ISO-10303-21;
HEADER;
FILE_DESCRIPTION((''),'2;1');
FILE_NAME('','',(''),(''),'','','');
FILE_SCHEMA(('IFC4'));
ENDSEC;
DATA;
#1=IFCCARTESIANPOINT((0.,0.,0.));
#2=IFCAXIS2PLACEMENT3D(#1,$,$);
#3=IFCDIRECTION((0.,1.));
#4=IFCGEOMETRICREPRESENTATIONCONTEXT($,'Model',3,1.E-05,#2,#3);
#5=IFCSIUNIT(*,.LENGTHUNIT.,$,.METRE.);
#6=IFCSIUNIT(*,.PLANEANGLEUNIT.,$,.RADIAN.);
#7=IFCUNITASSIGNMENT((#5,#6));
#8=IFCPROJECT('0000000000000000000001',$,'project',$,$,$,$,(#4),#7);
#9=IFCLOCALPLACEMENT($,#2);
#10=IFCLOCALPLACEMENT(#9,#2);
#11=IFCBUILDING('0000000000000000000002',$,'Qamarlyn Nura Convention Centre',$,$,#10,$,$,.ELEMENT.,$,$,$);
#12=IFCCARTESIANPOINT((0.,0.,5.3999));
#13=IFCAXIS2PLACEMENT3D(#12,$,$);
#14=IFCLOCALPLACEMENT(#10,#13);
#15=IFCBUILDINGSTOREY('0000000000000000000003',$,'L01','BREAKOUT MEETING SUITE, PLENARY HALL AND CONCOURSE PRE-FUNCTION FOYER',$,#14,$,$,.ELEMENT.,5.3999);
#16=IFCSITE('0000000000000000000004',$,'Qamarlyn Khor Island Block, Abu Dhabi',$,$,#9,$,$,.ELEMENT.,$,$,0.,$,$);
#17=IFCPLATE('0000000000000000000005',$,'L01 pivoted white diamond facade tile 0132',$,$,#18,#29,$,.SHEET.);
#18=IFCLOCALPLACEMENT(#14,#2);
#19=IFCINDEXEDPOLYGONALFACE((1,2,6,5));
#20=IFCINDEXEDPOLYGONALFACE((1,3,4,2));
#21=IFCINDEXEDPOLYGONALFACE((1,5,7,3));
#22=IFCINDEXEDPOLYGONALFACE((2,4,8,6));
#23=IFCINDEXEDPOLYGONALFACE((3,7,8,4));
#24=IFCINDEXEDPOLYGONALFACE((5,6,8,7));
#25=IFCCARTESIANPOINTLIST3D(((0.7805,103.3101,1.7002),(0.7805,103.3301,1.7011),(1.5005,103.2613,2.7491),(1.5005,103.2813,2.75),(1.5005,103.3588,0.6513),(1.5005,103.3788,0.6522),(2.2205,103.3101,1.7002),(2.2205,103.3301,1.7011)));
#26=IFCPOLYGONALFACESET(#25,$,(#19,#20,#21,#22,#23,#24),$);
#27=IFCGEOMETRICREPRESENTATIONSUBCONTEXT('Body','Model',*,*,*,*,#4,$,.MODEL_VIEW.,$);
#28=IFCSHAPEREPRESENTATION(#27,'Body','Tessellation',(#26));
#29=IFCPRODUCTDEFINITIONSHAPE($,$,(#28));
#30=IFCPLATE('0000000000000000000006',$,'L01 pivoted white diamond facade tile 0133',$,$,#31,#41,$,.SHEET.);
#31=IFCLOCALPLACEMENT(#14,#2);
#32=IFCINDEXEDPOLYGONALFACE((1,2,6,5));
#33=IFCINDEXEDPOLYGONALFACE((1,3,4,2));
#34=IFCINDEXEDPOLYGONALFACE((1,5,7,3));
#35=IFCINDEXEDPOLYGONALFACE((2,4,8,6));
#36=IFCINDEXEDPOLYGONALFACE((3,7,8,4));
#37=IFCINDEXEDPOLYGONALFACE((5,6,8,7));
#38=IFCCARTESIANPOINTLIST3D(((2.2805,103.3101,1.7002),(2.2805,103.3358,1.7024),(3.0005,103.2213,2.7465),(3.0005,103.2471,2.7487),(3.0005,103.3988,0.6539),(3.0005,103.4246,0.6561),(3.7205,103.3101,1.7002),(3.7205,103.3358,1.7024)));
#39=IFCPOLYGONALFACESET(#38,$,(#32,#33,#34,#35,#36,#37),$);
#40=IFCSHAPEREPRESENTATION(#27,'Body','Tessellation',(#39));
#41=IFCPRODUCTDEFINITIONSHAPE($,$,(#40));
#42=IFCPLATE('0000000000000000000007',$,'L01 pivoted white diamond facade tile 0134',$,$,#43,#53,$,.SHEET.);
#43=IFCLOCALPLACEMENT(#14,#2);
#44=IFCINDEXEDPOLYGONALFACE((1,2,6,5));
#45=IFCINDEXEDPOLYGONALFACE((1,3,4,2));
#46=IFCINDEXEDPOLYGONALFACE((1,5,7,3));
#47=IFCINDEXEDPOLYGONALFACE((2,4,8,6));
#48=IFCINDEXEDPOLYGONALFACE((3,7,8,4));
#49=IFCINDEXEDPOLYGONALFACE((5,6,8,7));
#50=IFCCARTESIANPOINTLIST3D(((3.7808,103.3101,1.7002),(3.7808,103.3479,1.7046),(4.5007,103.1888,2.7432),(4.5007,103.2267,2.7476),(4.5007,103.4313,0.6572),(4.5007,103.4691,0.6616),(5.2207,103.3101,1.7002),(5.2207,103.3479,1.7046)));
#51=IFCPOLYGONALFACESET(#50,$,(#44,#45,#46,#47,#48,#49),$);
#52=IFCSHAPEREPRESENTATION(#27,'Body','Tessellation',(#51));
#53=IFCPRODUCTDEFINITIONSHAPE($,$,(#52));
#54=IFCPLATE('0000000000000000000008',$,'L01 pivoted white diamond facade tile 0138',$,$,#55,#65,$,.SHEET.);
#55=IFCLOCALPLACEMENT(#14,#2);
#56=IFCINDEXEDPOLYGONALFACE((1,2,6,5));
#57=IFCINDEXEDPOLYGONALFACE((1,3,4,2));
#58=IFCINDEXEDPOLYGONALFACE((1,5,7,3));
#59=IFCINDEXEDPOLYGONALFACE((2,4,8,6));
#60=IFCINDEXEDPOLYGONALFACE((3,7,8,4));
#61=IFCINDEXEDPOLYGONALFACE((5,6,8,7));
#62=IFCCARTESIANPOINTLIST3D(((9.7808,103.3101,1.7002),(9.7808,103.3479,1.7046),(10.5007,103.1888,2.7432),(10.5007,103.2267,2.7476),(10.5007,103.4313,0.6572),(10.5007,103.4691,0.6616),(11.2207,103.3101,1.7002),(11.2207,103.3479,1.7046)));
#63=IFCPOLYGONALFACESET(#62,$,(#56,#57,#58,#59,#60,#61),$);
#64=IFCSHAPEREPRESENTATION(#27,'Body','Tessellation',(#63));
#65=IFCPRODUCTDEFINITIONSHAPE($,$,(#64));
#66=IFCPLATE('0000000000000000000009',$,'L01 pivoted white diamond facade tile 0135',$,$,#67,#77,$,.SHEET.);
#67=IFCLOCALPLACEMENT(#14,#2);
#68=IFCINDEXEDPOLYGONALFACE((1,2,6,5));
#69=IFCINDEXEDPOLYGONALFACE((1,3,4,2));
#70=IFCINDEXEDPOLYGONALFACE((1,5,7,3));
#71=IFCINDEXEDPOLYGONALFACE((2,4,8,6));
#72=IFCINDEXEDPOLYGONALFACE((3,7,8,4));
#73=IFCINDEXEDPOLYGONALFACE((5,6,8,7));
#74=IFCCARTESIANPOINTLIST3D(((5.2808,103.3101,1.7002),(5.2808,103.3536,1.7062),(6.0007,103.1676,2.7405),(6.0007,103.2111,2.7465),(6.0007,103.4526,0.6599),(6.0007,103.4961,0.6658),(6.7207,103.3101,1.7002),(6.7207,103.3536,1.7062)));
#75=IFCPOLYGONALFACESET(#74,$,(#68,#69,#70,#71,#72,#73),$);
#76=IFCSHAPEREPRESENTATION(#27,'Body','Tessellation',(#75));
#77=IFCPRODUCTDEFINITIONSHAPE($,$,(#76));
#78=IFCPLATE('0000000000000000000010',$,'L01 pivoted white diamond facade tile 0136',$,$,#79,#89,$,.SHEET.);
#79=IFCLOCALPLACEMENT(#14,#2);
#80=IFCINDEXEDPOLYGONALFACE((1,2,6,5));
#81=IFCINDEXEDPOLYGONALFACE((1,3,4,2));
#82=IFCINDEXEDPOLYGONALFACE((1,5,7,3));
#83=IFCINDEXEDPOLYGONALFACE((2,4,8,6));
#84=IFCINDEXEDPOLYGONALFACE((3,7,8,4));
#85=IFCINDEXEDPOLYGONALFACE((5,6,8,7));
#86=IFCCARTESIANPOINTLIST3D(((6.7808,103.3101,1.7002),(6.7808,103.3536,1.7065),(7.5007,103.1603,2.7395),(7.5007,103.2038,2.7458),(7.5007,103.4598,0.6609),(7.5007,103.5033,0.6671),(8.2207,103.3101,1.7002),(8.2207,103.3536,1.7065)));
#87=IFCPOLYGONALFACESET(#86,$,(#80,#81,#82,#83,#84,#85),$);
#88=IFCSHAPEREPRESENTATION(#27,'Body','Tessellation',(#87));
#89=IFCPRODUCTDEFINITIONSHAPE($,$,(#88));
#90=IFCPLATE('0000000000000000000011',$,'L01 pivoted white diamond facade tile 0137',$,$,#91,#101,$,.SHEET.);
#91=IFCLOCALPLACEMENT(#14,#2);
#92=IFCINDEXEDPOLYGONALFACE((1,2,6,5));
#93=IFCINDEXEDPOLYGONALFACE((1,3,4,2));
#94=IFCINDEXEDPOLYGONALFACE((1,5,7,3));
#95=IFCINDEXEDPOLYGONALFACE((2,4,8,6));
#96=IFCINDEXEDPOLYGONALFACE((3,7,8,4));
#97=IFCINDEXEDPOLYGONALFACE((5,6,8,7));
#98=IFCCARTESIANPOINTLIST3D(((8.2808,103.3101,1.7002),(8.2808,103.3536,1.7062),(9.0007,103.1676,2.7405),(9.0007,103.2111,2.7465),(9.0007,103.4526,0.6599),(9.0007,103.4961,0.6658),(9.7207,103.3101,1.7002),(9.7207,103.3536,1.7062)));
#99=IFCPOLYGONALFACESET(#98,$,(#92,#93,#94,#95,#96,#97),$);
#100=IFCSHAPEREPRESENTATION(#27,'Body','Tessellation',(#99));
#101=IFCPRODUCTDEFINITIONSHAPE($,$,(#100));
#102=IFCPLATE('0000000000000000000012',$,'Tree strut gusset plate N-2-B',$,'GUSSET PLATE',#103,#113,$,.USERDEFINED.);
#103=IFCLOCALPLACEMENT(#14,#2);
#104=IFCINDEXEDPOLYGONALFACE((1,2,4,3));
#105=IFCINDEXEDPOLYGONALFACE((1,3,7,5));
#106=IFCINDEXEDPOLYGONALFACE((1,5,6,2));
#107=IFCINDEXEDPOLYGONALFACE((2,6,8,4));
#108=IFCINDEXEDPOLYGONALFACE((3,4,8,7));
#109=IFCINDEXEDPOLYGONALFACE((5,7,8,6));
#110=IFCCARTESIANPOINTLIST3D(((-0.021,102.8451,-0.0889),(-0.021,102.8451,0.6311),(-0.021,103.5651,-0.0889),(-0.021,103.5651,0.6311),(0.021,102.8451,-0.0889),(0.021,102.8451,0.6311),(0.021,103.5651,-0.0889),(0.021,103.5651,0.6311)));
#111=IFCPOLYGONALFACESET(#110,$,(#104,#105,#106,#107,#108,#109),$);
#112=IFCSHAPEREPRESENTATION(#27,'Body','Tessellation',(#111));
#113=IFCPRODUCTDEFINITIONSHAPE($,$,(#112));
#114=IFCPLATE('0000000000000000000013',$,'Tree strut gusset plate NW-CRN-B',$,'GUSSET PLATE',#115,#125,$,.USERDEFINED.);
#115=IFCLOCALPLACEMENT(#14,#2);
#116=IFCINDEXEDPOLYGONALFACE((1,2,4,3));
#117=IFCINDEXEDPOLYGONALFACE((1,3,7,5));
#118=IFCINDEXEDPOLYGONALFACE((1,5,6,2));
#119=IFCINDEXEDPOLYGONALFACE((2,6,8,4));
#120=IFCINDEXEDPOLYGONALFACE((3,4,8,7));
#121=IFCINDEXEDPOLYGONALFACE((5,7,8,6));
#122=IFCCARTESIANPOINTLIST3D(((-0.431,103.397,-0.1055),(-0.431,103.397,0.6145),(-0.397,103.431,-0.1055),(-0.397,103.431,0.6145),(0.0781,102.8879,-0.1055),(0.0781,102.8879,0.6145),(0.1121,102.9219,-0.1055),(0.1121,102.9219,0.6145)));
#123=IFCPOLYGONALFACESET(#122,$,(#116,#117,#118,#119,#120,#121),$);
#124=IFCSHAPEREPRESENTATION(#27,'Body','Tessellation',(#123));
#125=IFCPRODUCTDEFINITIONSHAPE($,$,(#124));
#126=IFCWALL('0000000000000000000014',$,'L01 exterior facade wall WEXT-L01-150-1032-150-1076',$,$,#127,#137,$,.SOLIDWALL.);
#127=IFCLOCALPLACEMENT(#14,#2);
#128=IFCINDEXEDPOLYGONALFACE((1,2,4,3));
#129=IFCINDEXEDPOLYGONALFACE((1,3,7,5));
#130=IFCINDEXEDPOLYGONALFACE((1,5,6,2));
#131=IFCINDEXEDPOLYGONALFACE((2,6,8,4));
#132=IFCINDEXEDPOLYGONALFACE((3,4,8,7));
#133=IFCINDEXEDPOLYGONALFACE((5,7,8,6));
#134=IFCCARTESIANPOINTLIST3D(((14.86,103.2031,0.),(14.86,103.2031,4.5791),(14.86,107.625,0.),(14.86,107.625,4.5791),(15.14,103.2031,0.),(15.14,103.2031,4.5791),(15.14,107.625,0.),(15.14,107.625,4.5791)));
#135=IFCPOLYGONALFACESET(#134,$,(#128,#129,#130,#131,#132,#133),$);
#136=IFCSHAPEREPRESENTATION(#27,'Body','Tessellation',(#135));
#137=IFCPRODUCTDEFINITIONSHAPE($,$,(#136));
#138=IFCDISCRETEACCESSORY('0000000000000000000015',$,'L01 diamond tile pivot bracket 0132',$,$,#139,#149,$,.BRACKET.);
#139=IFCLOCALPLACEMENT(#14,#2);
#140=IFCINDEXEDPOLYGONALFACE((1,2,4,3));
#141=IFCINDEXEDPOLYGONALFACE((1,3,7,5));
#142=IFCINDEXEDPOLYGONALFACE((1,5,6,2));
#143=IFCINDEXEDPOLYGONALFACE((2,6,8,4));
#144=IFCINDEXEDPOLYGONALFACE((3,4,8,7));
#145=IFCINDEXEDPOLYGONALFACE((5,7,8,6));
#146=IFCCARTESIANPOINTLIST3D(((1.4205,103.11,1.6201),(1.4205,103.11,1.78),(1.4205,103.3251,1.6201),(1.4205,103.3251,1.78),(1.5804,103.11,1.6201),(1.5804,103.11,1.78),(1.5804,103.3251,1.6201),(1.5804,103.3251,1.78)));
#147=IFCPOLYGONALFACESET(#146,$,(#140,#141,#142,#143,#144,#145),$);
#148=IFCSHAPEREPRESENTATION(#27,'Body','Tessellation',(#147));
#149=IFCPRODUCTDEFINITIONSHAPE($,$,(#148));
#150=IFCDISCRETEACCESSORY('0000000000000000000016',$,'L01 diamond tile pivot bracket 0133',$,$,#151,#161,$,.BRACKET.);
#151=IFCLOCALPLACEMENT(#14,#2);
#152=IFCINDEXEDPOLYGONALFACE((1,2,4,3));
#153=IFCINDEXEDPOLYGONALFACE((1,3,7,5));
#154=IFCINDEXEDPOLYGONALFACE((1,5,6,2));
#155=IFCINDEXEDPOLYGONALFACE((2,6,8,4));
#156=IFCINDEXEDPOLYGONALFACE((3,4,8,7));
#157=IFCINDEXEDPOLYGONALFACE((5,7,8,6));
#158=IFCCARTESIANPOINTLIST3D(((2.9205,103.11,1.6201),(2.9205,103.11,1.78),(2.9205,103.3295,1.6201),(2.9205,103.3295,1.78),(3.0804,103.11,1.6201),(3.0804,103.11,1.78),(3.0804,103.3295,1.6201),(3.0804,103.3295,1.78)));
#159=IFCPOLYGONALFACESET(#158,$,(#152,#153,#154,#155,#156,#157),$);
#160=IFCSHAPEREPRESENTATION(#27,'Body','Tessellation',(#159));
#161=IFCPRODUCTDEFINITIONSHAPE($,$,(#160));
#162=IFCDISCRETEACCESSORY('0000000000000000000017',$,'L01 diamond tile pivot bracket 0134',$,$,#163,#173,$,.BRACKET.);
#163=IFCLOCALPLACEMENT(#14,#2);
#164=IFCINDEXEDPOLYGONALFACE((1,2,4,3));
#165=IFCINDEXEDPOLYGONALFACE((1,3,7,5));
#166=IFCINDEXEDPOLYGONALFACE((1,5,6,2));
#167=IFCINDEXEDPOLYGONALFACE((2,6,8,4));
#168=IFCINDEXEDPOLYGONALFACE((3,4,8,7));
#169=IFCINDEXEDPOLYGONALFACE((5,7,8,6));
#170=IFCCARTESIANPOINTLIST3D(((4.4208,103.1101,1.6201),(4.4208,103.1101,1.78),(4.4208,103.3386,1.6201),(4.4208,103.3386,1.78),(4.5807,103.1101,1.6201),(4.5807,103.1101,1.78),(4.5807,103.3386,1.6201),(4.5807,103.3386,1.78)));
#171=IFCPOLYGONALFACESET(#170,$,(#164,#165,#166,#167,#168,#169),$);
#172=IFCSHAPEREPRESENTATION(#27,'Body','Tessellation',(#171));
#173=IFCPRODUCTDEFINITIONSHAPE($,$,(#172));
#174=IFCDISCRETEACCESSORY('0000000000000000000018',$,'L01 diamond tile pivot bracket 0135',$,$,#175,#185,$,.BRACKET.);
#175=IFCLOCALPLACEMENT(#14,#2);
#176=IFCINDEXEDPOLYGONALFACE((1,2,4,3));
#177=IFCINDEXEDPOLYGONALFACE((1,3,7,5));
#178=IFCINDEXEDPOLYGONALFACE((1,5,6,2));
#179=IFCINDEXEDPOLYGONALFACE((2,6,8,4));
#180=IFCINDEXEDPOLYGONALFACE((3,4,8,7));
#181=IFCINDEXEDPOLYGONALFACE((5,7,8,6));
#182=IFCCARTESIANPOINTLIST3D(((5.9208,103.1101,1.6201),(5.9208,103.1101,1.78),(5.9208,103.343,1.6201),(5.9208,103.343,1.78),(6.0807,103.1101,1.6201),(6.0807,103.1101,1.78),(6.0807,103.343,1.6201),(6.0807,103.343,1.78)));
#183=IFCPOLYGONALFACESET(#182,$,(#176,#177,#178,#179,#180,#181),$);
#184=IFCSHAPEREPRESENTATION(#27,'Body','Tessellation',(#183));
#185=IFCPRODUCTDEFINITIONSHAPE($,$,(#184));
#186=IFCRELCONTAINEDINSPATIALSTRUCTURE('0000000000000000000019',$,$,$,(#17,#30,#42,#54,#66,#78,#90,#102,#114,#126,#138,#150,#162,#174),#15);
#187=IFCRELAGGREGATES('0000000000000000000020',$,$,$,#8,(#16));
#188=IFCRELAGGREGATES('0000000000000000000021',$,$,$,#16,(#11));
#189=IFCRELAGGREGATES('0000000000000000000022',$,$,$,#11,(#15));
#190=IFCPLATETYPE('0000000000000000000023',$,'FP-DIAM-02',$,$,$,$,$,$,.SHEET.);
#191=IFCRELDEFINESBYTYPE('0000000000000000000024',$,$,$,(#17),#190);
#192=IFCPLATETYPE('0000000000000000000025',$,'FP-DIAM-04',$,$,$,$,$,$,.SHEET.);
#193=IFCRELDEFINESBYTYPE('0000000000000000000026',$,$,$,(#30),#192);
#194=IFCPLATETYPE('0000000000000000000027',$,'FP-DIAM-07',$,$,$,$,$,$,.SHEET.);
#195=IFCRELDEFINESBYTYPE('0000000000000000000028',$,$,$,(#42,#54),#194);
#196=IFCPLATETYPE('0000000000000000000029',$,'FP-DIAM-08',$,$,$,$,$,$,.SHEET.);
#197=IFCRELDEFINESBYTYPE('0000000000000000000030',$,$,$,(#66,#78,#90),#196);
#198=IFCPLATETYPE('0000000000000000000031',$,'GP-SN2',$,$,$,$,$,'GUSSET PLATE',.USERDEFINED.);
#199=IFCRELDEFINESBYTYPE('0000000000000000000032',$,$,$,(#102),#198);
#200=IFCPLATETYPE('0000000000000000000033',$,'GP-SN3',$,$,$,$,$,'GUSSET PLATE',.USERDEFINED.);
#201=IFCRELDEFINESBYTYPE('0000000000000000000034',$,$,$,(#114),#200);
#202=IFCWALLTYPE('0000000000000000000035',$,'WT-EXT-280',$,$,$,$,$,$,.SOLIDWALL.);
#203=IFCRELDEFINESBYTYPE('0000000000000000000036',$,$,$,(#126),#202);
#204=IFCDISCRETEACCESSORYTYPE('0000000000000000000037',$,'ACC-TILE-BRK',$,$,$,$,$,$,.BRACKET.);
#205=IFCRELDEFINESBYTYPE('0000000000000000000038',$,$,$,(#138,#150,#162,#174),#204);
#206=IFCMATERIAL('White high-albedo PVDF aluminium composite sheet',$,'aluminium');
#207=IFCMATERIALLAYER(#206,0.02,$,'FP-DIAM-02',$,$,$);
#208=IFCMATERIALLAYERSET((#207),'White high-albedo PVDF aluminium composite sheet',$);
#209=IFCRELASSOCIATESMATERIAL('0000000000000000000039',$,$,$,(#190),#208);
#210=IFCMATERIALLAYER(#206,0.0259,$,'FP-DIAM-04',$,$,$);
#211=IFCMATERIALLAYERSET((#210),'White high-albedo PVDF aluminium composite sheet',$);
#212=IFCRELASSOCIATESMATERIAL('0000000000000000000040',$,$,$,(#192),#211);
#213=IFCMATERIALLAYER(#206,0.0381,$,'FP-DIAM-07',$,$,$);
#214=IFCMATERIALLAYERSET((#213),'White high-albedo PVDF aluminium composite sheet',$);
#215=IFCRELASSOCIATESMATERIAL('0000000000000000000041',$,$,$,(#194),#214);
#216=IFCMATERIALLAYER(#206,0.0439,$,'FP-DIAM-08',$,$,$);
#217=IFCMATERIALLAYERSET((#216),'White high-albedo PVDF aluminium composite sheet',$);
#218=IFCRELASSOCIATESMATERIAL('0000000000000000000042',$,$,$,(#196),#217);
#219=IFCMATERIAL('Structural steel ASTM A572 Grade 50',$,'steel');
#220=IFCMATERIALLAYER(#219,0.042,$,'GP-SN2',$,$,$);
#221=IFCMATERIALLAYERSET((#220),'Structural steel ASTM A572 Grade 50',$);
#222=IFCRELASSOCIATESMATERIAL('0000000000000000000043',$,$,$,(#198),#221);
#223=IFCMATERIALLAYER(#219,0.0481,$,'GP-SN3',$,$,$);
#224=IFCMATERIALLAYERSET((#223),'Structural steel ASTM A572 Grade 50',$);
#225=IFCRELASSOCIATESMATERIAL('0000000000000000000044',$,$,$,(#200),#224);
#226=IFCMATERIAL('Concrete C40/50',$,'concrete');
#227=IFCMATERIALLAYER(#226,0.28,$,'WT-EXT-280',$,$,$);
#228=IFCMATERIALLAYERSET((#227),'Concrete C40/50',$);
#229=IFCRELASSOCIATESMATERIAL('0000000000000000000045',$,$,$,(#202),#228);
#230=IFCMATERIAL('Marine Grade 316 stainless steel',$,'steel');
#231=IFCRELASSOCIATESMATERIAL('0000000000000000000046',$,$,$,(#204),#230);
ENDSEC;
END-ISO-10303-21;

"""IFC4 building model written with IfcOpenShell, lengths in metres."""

from ifc_helpers import new_model, si_unit, direction, frame, frame_2d, origin, origin_2d, place, context, subcontext, project, spatial, polyline, rectangle, outline, extrude, material, layer, layer_set, type_object, element, save


model = new_model("IFC4")

# Units and contexts
model_context = context("Model", 3, precision=1e-05, world=origin(), true_north=direction((0.0, 1.0)))
body_context = subcontext(model_context, "Body", "Model", "MODEL_VIEW")
ifc_project = project(units=[si_unit("LENGTHUNIT", "METRE"), si_unit("PLANEANGLEUNIT", "RADIAN")], contexts=[model_context])

# Site, building, storey
site_placement = place(None, origin())
site = spatial("IfcSite", under=ifc_project, at=site_placement, Name="Qamarlyn Khor Island Block, Abu Dhabi", CompositionType="ELEMENT", RefElevation=0.0)
building_placement = place(site_placement, origin())
building = spatial("IfcBuilding", under=site, at=building_placement, Name="Qamarlyn Nura Convention Centre", CompositionType="ELEMENT")
storey_placement = place(building_placement, frame((0.0, 0.0, 5.3999)))
storey = spatial("IfcBuildingStorey", under=building, at=storey_placement, Name="L01", Description="BREAKOUT MEETING SUITE, PLENARY HALL AND CONCOURSE PRE-FUNCTION FOYER", CompositionType="ELEMENT", Elevation=5.3999)

# Plates
ifc_material_1 = material(Name="White high-albedo PVDF aluminium composite sheet", Category="aluminium")
ifc_layer_1 = layer(ifc_material_1, 0.02, Name="FP-DIAM-02")
ifc_layer_set_1 = layer_set([ifc_layer_1], Name="White high-albedo PVDF aluminium composite sheet")
plate_type_1 = type_object("IfcPlateType", Name="FP-DIAM-02", PredefinedType="SHEET", material=ifc_layer_set_1)
plate_1_placement = place(storey_placement, frame((1.5005, 103.3101, 1.7002), z_axis=(0.0, 0.998923, 0.046409), x_axis=(-1.0, 0.0, 0.0)))
element("IfcPlate", 1, at=plate_1_placement, inside=storey, type_object=plate_type_1, Name="L01 pivoted white diamond facade tile 0132", PredefinedType="SHEET", context=body_context, shape_type="SweptSolid", body=[
    extrude(outline(polyline([(-0.72, 0.0), (0.0, -1.05), (0.72, 0.0), (0.0, 1.05), (-0.72, 0.0)])), origin(), (0.0, 0.0, 1.0), 0.02),
])
ifc_layer_2 = layer(ifc_material_1, 0.0259, Name="FP-DIAM-04")
ifc_layer_set_2 = layer_set([ifc_layer_2], Name="White high-albedo PVDF aluminium composite sheet")
plate_type_2 = type_object("IfcPlateType", Name="FP-DIAM-04", PredefinedType="SHEET", material=ifc_layer_set_2)
plate_2_placement = place(storey_placement, frame((3.0005, 103.3101, 1.7002), z_axis=(0.0, 0.996419, 0.084547), x_axis=(-1.0, 0.0, 0.0)))
element("IfcPlate", 2, at=plate_2_placement, inside=storey, type_object=plate_type_2, Name="L01 pivoted white diamond facade tile 0133", PredefinedType="SHEET", context=body_context, shape_type="SweptSolid", body=[
    extrude(outline(polyline([(-0.72, 0.0), (0.0, -1.05), (0.72, 0.0), (0.0, 1.05), (-0.72, 0.0)])), origin(), (0.0, 0.0, 1.0), 0.0259),
])
ifc_layer_3 = layer(ifc_material_1, 0.0381, Name="FP-DIAM-07")
ifc_layer_set_3 = layer_set([ifc_layer_3], Name="White high-albedo PVDF aluminium composite sheet")
plate_type_3 = type_object("IfcPlateType", Name="FP-DIAM-07", PredefinedType="SHEET", material=ifc_layer_set_3)
for number, where, z_axis, x_axis, name in (
    (3, (4.5007, 103.3101, 1.7002), (0.0, 0.993312, 0.115457), (-1.0, 0.0, 0.0), "L01 pivoted white diamond facade tile 0134"),
    (4, (10.5007, 103.3101, 1.7002), (0.0, 0.993312, 0.115457), (-1.0, 0.0, 0.0), "L01 pivoted white diamond facade tile 0138"),
):
    element("IfcPlate", number, at=place(storey_placement, frame(where, z_axis=z_axis, x_axis=x_axis)), inside=storey, type_object=plate_type_3, Name=name, PredefinedType="SHEET", context=body_context, shape_type="SweptSolid", body=[
        extrude(outline(polyline([(-0.72, 0.0), (0.0, -1.05), (0.72, 0.0), (0.0, 1.05), (-0.72, 0.0)])), origin(), (0.0, 0.0, 1.0), 0.0381),
    ])
ifc_layer_4 = layer(ifc_material_1, 0.0439, Name="FP-DIAM-08")
ifc_layer_set_4 = layer_set([ifc_layer_4], Name="White high-albedo PVDF aluminium composite sheet")
plate_type_4 = type_object("IfcPlateType", Name="FP-DIAM-08", PredefinedType="SHEET", material=ifc_layer_set_4)
for number, where, z_axis, x_axis, name in (
    (5, (6.0007, 103.3101, 1.7002), (0.0, 0.990748, 0.135716), (-1.0, 0.0, 0.0), "L01 pivoted white diamond facade tile 0135"),
    (6, (7.5007, 103.3101, 1.7002), (0.0, 0.989776, 0.142629), (-1.0, 0.0, 0.0), "L01 pivoted white diamond facade tile 0136"),
    (7, (9.0007, 103.3101, 1.7002), (0.0, 0.990748, 0.135716), (-1.0, 0.0, 0.0), "L01 pivoted white diamond facade tile 0137"),
):
    element("IfcPlate", number, at=place(storey_placement, frame(where, z_axis=z_axis, x_axis=x_axis)), inside=storey, type_object=plate_type_4, Name=name, PredefinedType="SHEET", context=body_context, shape_type="SweptSolid", body=[
        extrude(outline(polyline([(-0.72, 0.0), (0.0, -1.05), (0.72, 0.0), (0.0, 1.05), (-0.72, 0.0)])), origin(), (0.0, 0.0, 1.0), 0.0439),
    ])
ifc_material_2 = material(Name="Structural steel ASTM A572 Grade 50", Category="steel")
ifc_layer_5 = layer(ifc_material_2, 0.042, Name="GP-SN2")
ifc_layer_set_5 = layer_set([ifc_layer_5], Name="Structural steel ASTM A572 Grade 50")
plate_type_5 = type_object("IfcPlateType", Name="GP-SN2", ElementType="GUSSET PLATE", PredefinedType="USERDEFINED", material=ifc_layer_set_5)
plate_3_placement = place(storey_placement, frame((0.0, 103.2051, -0.0889), z_axis=(0.0, 0.0, 1.0), x_axis=(0.0, 1.0, 0.0)))
element("IfcPlate", 8, at=plate_3_placement, inside=storey, type_object=plate_type_5, Name="Tree strut gusset plate N-2-B", ObjectType="GUSSET PLATE", PredefinedType="USERDEFINED", context=body_context, shape_type="SweptSolid", body=[
    extrude(rectangle(XDim=0.72, YDim=0.042, at=origin_2d()), origin(), (0.0, 0.0, 1.0), 0.72),
])
ifc_layer_6 = layer(ifc_material_2, 0.0481, Name="GP-SN3")
ifc_layer_set_6 = layer_set([ifc_layer_6], Name="Structural steel ASTM A572 Grade 50")
plate_type_6 = type_object("IfcPlateType", Name="GP-SN3", ElementType="GUSSET PLATE", PredefinedType="USERDEFINED", material=ifc_layer_set_6)
plate_4_placement = place(storey_placement, frame((-0.1594, 103.1594, -0.1055), z_axis=(0.0, 0.0, 1.0), x_axis=(-0.707107, 0.707107, 0.0)))
element("IfcPlate", 9, at=plate_4_placement, inside=storey, type_object=plate_type_6, Name="Tree strut gusset plate NW-CRN-B", ObjectType="GUSSET PLATE", PredefinedType="USERDEFINED", context=body_context, shape_type="SweptSolid", body=[
    extrude(rectangle(XDim=0.72, YDim=0.0481, at=origin_2d()), origin(), (0.0, 0.0, 1.0), 0.72),
])

# Wall
ifc_material_3 = material(Name="Concrete C40/50", Category="concrete")
ifc_layer_7 = layer(ifc_material_3, 0.28, Name="WT-EXT-280")
ifc_layer_set_7 = layer_set([ifc_layer_7], Name="Concrete C40/50")
wall_type = type_object("IfcWallType", Name="WT-EXT-280", PredefinedType="SOLIDWALL", material=ifc_layer_set_7)
wall_placement = place(storey_placement, frame((15.0, 103.2031, 0.0), z_axis=(0.0, 0.0, 1.0), x_axis=(0.0, 1.0, 0.0)))
element("IfcWall", 10, at=wall_placement, inside=storey, type_object=wall_type, Name="L01 exterior facade wall WEXT-L01-150-1032-150-1076", PredefinedType="SOLIDWALL", context=body_context, shape_type="SweptSolid", body=[
    extrude(rectangle(XDim=4.4219, YDim=0.28, at=frame_2d((2.2109, 0.0))), origin(), (0.0, 0.0, 1.0), 4.5791),
])

# Discrete accessories
ifc_material_4 = material(Name="Marine Grade 316 stainless steel", Category="steel")
discrete_accessory_type = type_object("IfcDiscreteAccessoryType", Name="ACC-TILE-BRK", PredefinedType="BRACKET", material=ifc_material_4)
discrete_accessory_1_placement = place(storey_placement, frame((1.5005, 103.2175, 1.6201), z_axis=(0.0, 0.0, 1.0), x_axis=(0.0, 1.0, 0.0)))
element("IfcDiscreteAccessory", 11, at=discrete_accessory_1_placement, inside=storey, type_object=discrete_accessory_type, Name="L01 diamond tile pivot bracket 0132", PredefinedType="BRACKET", context=body_context, shape_type="SweptSolid", body=[
    extrude(rectangle(XDim=0.2151, YDim=0.1599, at=origin_2d()), origin(), (0.0, 0.0, 1.0), 0.1599),
])
discrete_accessory_2_placement = place(storey_placement, frame((3.0005, 103.2197, 1.6201), z_axis=(0.0, 0.0, 1.0), x_axis=(0.0, 1.0, 0.0)))
element("IfcDiscreteAccessory", 12, at=discrete_accessory_2_placement, inside=storey, type_object=discrete_accessory_type, Name="L01 diamond tile pivot bracket 0133", PredefinedType="BRACKET", context=body_context, shape_type="SweptSolid", body=[
    extrude(rectangle(XDim=0.2195, YDim=0.1599, at=origin_2d()), origin(), (0.0, 0.0, 1.0), 0.1599),
])
discrete_accessory_3_placement = place(storey_placement, frame((4.5007, 103.2244, 1.6201), z_axis=(0.0, 0.0, 1.0), x_axis=(0.0, 1.0, 0.0)))
element("IfcDiscreteAccessory", 13, at=discrete_accessory_3_placement, inside=storey, type_object=discrete_accessory_type, Name="L01 diamond tile pivot bracket 0134", PredefinedType="BRACKET", context=body_context, shape_type="SweptSolid", body=[
    extrude(rectangle(XDim=0.2285, YDim=0.1599, at=origin_2d()), origin(), (0.0, 0.0, 1.0), 0.1599),
])
for number, where, z_axis, x_axis, name in (
    (14, (6.0007, 103.2266, 1.6201), (0.0, 0.0, 1.0), (0.0, 1.0, 0.0), "L01 diamond tile pivot bracket 0135"),
):
    element("IfcDiscreteAccessory", number, at=place(storey_placement, frame(where, z_axis=z_axis, x_axis=x_axis)), inside=storey, type_object=discrete_accessory_type, Name=name, PredefinedType="BRACKET", context=body_context, shape_type="SweptSolid", body=[
        extrude(rectangle(XDim=0.2329, YDim=0.1599, at=origin_2d()), origin(), (0.0, 0.0, 1.0), 0.1599),
    ])

save(model, "model.ifc")
